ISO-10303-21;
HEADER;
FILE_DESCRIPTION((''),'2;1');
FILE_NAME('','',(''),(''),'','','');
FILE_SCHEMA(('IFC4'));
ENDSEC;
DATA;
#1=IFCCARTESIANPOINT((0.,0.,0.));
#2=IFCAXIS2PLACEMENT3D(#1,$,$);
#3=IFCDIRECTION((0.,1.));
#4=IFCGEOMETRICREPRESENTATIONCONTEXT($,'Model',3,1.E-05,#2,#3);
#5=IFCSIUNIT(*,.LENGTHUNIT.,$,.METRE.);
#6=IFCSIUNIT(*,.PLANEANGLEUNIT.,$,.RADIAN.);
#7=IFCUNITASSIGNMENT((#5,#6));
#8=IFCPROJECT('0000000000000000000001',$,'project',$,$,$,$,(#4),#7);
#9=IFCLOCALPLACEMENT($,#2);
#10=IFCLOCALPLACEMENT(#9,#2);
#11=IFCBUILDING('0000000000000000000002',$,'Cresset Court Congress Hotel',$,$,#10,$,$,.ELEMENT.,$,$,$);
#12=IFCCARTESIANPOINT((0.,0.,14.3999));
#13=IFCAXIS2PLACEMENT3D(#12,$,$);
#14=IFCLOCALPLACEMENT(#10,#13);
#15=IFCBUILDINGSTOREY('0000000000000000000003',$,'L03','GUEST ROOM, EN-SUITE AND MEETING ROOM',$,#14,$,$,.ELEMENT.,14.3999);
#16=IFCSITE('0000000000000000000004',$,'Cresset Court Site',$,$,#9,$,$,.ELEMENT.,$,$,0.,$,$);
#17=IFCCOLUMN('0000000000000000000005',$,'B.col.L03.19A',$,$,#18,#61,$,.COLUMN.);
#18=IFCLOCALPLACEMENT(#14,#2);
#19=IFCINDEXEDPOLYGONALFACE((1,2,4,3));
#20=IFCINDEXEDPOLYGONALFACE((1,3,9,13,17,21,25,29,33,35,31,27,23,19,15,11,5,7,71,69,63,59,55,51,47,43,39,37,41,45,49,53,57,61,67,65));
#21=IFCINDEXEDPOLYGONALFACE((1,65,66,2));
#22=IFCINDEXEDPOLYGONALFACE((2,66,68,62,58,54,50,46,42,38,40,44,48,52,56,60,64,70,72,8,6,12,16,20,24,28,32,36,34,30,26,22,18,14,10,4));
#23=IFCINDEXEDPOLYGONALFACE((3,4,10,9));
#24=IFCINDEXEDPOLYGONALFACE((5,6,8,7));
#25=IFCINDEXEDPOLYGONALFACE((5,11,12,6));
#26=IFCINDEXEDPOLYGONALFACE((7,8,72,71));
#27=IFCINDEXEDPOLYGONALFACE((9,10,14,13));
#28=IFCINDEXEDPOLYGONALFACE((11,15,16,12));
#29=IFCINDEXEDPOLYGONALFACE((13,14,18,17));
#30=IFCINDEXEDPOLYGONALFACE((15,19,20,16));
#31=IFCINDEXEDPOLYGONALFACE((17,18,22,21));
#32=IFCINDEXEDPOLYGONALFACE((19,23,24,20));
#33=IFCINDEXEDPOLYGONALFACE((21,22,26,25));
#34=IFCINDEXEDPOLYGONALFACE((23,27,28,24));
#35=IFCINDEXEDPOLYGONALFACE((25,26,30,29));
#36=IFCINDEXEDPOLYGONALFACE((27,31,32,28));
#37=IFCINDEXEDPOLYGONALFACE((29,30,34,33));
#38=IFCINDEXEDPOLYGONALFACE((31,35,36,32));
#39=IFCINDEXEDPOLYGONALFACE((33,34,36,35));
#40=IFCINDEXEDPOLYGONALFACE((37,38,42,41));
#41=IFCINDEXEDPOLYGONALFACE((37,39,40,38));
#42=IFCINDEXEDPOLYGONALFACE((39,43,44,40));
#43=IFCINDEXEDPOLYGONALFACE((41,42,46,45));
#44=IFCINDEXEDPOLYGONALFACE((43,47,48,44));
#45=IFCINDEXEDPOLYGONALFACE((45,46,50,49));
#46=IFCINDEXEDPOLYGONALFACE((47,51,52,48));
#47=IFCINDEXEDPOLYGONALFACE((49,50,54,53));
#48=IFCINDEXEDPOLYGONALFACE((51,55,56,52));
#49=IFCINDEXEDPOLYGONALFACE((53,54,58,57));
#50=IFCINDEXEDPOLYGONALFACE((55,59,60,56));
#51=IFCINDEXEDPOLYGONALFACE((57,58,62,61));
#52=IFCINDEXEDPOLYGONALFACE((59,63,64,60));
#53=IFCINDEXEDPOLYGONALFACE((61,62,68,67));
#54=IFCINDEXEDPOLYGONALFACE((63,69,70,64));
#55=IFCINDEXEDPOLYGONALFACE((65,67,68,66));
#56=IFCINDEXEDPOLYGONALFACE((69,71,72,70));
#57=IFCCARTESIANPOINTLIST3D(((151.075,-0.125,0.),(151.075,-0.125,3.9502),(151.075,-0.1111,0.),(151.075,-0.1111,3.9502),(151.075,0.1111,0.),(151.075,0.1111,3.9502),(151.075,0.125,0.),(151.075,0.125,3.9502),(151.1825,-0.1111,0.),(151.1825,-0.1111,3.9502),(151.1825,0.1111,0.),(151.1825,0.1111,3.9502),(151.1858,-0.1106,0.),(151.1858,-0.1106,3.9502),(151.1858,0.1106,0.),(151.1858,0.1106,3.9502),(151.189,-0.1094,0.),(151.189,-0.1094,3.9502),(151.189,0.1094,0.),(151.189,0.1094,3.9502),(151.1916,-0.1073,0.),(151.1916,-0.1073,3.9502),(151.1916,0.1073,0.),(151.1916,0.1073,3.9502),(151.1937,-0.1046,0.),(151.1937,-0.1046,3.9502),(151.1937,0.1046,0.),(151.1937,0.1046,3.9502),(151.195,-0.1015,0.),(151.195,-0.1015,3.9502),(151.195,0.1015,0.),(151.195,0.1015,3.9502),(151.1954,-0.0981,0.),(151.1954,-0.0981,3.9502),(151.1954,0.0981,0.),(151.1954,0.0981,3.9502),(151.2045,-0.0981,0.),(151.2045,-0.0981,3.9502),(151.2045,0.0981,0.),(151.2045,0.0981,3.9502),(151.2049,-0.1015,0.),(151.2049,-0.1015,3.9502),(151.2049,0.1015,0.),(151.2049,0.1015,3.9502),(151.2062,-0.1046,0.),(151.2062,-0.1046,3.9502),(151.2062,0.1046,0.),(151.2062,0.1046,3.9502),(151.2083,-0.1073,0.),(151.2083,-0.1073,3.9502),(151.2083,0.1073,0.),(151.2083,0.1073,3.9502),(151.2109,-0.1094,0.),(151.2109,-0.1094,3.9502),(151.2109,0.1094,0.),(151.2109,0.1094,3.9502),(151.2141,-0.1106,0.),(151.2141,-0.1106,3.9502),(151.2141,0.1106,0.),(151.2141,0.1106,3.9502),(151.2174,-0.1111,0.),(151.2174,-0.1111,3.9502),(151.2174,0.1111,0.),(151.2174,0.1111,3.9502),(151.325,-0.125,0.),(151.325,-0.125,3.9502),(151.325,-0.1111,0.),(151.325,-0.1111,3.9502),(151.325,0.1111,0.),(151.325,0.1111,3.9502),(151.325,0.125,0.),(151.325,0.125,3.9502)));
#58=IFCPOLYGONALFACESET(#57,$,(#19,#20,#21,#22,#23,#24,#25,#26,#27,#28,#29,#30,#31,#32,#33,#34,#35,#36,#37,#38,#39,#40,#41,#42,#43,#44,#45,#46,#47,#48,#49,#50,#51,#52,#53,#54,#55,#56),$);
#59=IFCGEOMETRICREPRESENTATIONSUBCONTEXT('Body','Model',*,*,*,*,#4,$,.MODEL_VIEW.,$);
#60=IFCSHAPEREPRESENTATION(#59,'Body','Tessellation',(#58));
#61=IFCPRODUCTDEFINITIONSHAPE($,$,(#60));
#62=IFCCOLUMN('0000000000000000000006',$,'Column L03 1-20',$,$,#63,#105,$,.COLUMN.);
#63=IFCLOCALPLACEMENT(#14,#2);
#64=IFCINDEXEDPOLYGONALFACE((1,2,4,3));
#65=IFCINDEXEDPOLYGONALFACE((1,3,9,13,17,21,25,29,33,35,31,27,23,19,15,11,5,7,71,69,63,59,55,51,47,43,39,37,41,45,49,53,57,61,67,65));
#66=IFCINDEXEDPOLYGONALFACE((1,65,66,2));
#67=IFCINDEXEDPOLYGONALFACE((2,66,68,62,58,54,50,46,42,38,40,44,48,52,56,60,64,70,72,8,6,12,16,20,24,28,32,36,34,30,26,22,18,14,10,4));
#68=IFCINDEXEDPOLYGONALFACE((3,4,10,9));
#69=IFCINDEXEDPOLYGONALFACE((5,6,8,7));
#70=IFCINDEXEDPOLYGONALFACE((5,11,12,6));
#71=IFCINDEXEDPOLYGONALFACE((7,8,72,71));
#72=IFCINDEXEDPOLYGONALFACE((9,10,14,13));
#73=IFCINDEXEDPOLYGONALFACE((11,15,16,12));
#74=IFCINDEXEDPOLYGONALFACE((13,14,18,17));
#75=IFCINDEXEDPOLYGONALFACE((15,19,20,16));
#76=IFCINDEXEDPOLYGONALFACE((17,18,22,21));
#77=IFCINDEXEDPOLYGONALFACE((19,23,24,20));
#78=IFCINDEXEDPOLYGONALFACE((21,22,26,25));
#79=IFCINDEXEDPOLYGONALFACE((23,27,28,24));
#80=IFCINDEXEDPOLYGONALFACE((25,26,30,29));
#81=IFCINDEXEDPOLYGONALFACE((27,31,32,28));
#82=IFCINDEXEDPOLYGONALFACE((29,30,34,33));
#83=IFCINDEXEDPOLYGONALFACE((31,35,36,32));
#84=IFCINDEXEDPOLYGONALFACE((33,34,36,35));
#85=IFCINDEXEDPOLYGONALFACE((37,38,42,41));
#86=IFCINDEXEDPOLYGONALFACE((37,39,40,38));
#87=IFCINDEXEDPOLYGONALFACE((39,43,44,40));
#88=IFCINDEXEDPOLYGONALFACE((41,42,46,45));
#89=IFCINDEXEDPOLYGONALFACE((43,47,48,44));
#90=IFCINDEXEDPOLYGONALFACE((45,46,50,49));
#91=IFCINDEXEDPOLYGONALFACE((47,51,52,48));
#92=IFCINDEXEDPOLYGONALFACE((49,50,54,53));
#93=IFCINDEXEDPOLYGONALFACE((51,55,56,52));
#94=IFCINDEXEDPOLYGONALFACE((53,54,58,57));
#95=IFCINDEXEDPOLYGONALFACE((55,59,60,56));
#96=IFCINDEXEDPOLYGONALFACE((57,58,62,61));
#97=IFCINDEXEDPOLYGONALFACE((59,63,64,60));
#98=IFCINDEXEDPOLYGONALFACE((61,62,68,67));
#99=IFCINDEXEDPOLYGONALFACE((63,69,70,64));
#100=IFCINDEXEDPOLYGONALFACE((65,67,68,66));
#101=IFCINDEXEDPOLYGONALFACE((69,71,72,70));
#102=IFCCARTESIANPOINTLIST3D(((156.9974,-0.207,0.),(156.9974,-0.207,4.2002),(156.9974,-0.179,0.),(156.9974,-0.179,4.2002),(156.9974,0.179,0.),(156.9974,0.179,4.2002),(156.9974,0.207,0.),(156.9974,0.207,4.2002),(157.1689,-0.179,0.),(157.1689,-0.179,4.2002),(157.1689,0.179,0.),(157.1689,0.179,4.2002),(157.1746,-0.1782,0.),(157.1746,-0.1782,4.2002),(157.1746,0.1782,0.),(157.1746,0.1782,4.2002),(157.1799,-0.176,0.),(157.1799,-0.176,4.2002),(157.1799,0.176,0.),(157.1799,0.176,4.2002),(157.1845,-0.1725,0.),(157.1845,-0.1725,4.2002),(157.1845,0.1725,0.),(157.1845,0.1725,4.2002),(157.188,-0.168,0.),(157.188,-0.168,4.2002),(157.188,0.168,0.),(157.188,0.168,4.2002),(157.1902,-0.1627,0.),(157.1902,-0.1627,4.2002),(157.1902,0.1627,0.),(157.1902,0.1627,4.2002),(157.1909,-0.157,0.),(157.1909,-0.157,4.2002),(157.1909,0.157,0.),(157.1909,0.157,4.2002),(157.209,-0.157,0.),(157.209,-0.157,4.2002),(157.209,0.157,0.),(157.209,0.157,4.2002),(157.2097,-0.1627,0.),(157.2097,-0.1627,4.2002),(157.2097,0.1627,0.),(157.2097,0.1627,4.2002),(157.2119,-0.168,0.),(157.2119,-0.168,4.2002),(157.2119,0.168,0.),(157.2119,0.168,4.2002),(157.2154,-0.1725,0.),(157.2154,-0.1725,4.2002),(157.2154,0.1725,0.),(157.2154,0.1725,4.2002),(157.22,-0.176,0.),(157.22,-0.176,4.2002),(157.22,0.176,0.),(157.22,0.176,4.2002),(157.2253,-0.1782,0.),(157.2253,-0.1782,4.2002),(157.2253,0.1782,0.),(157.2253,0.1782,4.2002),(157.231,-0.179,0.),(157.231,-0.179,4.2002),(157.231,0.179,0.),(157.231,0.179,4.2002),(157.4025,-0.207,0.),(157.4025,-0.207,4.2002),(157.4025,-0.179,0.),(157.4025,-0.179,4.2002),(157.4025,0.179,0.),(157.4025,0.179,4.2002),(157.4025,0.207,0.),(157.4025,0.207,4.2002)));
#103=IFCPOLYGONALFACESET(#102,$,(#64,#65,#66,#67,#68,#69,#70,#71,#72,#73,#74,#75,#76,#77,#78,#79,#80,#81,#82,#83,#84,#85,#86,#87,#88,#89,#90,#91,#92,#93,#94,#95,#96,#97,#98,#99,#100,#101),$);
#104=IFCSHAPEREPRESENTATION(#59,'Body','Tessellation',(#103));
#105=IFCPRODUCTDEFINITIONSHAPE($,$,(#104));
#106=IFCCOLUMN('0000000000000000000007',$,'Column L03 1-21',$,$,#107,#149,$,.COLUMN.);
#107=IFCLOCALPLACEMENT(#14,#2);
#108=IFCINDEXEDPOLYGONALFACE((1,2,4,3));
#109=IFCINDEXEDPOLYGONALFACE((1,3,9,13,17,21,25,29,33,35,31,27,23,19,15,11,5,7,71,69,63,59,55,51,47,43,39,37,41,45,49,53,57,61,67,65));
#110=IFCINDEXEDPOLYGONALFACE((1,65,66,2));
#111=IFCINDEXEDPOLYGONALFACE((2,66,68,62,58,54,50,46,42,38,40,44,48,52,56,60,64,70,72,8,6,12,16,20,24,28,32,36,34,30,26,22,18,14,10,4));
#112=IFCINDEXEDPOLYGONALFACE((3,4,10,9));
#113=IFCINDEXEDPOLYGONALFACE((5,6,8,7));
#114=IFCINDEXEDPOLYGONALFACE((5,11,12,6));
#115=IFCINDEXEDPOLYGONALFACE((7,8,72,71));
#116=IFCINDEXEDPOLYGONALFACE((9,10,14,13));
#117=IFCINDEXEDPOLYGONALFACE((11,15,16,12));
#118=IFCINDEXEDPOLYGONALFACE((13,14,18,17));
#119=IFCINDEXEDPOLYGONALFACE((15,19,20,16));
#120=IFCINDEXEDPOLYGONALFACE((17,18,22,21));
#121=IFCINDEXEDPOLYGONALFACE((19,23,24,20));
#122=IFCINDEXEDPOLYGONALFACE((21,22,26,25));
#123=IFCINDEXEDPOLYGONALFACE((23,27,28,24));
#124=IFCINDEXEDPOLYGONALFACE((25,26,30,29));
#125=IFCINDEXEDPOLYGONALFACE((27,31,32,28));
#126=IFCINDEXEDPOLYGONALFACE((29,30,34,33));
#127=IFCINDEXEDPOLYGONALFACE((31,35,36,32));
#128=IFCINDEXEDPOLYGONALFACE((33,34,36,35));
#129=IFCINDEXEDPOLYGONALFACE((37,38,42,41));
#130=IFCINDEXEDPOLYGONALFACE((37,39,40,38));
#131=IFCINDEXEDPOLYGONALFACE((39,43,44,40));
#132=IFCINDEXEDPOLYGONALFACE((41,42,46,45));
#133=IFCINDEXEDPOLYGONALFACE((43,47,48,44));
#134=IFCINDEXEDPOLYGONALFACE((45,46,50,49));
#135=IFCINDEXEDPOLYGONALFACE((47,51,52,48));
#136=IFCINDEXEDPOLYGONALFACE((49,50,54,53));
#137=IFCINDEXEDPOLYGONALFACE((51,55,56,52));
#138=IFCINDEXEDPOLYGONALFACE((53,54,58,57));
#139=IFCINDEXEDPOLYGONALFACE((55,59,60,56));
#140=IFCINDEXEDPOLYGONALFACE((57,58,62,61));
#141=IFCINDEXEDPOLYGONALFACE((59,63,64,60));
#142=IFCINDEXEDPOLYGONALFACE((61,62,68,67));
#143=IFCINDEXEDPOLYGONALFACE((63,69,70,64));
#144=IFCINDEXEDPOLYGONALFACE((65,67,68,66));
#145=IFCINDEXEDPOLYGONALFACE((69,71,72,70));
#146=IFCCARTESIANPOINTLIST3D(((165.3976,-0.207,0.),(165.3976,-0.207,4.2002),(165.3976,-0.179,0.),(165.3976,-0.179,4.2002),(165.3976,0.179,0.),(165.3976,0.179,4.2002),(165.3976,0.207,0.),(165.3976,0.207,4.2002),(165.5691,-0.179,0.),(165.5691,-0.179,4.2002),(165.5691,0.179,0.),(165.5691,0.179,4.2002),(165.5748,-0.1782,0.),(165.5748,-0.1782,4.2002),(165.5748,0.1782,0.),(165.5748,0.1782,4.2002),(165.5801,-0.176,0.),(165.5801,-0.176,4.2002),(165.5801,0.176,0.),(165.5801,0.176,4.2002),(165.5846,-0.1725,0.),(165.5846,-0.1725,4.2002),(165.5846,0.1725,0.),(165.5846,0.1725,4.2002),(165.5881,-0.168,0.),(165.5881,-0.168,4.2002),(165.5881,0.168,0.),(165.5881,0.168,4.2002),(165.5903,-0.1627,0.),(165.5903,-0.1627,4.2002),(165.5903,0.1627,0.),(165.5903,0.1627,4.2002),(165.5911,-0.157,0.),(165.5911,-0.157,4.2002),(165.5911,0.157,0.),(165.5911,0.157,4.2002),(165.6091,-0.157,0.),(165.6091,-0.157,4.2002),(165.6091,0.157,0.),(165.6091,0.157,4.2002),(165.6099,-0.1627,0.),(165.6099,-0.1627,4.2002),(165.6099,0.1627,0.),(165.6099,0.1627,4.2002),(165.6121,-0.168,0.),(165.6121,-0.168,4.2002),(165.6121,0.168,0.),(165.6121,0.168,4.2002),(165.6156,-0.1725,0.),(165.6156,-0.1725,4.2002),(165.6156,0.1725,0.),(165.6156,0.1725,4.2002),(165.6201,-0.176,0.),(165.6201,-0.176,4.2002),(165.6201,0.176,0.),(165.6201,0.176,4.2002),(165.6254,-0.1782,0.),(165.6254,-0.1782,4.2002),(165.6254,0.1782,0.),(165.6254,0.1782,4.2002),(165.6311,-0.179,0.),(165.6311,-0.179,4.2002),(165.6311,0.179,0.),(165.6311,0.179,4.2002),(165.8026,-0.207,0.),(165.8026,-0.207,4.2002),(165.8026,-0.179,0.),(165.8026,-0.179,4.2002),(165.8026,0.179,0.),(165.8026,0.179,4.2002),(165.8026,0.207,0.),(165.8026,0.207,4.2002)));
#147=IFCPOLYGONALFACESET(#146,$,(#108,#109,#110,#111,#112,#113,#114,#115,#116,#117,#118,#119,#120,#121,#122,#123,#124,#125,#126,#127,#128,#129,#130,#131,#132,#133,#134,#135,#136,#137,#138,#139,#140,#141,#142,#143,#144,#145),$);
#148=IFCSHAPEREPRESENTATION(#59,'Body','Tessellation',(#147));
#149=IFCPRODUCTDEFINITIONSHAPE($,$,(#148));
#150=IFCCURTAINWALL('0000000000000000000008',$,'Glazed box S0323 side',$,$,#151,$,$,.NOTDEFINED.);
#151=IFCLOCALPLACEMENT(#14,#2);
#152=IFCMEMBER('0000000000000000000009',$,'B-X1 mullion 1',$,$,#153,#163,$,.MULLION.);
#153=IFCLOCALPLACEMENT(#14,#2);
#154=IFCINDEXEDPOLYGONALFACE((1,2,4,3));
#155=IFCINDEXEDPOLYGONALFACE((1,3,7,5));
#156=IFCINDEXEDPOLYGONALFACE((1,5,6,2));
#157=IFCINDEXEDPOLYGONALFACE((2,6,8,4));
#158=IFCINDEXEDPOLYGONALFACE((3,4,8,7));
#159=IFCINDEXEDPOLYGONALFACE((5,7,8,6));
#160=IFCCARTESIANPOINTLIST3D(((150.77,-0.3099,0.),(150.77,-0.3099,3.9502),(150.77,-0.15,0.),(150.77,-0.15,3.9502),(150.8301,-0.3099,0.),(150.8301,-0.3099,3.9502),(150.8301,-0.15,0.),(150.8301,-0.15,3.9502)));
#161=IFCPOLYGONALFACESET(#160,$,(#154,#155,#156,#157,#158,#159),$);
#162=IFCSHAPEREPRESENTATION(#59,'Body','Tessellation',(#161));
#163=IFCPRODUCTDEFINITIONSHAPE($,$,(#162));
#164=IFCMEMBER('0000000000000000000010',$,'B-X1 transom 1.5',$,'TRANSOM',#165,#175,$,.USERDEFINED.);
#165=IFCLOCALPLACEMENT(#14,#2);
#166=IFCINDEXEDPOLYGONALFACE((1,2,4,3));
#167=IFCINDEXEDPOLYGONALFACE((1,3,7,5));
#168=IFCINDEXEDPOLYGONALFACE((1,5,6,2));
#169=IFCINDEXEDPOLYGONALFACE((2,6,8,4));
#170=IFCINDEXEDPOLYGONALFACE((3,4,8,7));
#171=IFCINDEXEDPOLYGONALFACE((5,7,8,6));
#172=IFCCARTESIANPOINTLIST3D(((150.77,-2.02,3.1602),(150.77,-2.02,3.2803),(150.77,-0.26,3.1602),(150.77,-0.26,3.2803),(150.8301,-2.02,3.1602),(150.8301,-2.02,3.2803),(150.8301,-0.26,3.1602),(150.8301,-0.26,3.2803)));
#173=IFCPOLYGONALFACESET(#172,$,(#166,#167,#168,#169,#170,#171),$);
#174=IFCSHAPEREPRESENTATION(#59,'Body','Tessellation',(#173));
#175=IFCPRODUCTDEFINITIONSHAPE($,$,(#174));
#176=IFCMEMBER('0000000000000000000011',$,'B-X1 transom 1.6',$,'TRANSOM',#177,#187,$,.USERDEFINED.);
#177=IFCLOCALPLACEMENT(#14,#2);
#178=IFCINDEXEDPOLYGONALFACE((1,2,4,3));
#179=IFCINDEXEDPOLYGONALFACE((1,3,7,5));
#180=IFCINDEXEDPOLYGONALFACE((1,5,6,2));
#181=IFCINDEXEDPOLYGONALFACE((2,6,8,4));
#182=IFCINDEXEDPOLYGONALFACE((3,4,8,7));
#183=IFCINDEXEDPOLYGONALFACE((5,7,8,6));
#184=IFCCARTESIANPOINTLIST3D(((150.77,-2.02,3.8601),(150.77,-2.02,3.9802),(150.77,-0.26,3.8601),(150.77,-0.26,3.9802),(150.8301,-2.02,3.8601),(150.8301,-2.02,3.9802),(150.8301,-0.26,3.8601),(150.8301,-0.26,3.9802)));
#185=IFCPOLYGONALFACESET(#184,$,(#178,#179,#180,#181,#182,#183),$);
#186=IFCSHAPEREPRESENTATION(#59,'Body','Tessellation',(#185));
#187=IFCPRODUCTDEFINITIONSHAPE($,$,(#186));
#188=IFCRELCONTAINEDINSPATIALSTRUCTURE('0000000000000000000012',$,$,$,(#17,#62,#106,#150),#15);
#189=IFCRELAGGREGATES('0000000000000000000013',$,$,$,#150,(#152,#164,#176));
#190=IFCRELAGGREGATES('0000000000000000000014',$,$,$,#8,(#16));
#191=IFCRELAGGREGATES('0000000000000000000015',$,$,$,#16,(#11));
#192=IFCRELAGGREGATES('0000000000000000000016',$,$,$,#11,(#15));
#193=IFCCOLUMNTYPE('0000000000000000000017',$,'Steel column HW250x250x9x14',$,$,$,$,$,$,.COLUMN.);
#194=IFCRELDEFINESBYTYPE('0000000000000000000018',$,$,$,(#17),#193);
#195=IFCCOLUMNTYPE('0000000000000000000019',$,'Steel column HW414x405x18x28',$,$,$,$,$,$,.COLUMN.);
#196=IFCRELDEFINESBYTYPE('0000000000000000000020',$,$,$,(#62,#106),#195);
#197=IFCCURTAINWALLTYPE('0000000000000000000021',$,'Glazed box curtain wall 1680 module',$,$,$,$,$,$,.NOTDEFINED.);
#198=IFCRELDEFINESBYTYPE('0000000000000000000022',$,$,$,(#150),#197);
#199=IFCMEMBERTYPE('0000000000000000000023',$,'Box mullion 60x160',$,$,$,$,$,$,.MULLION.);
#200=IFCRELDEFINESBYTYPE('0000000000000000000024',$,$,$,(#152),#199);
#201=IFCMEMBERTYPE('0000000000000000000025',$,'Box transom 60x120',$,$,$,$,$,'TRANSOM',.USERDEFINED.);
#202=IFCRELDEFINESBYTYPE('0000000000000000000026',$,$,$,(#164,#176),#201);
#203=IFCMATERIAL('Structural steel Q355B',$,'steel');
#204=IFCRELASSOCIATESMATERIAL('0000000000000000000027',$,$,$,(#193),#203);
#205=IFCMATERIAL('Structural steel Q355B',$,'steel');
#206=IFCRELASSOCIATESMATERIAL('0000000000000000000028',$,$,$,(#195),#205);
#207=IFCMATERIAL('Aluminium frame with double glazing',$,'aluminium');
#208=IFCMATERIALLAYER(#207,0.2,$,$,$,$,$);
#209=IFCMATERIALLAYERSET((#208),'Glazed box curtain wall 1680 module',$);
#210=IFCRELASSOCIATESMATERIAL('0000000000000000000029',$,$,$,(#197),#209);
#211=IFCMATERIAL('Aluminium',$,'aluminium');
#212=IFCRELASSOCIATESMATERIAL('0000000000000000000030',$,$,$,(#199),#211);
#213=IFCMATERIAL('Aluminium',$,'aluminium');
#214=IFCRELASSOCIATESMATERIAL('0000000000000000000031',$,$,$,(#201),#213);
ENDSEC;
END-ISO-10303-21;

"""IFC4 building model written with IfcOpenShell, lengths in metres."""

from ifc_helpers import new_model, si_unit, direction, frame, origin, origin_2d, place, context, subcontext, project, spatial, rectangle, i_section, extrude, material, layer, layer_set, material_profile, profile_set, type_object, element, aggregate, save


model = new_model("IFC4")

# Units and contexts
model_context = context("Model", 3, precision=1e-05, world=origin(), true_north=direction((0.0, 1.0)))
body_context = subcontext(model_context, "Body", "Model", "MODEL_VIEW")
ifc_project = project(units=[si_unit("LENGTHUNIT", "METRE"), si_unit("PLANEANGLEUNIT", "RADIAN")], contexts=[model_context])

# Site, building, storey
site_placement = place(None, origin())
site = spatial("IfcSite", under=ifc_project, at=site_placement, Name="Cresset Court Site", CompositionType="ELEMENT", RefElevation=0.0)
building_placement = place(site_placement, origin())
building = spatial("IfcBuilding", under=site, at=building_placement, Name="Cresset Court Congress Hotel", CompositionType="ELEMENT")
storey_placement = place(building_placement, frame((0.0, 0.0, 14.3999)))
storey = spatial("IfcBuildingStorey", under=building, at=storey_placement, Name="L03", Description="GUEST ROOM, EN-SUITE AND MEETING ROOM", CompositionType="ELEMENT", Elevation=14.3999)

# Columns
ifc_material_1 = material(Name="Structural steel Q355B", Category="steel")
ifc_material_profile_1 = material_profile(ifc_material_1, i_section(OverallWidth=0.25, OverallDepth=0.25, WebThickness=0.009, FlangeThickness=0.0139, FilletRadius=0.0129, at=origin_2d()), Name="HW250x250x9x14")
ifc_profile_set_1 = profile_set([ifc_material_profile_1], Name="Structural steel Q355B")
column_type_1 = type_object("IfcColumnType", Name="Steel column HW250x250x9x14", PredefinedType="COLUMN", material=ifc_profile_set_1)
column_placement = place(storey_placement, frame((151.2, 0.0, 0.0), z_axis=(0.0, 0.0, 1.0), x_axis=(1.0, 0.0, 0.0)))
element("IfcColumn", 1, at=column_placement, inside=storey, type_object=column_type_1, Name="B.col.L03.19A", PredefinedType="COLUMN", context=body_context, shape_type="SweptSolid", body=[
    extrude(i_section(OverallWidth=0.25, OverallDepth=0.25, WebThickness=0.009, FlangeThickness=0.0139, FilletRadius=0.0129, at=origin_2d()), origin(), (0.0, 0.0, 1.0), 3.9502),
])
ifc_material_2 = material(Name="Structural steel Q355B", Category="steel")
ifc_material_profile_2 = material_profile(ifc_material_2, i_section(OverallWidth=0.405, OverallDepth=0.4141, WebThickness=0.0181, FlangeThickness=0.0281, FilletRadius=0.022, at=origin_2d()), Name="HW414x405x18x28")
ifc_profile_set_2 = profile_set([ifc_material_profile_2], Name="Structural steel Q355B")
column_type_2 = type_object("IfcColumnType", Name="Steel column HW414x405x18x28", PredefinedType="COLUMN", material=ifc_profile_set_2)
for number, where, z_axis, x_axis, name in (
    (2, (157.2, 0.0, 0.0), (0.0, 0.0, 1.0), (1.0, 0.0, 0.0), "Column L03 1-20"),
    (3, (165.6001, 0.0, 0.0), (0.0, 0.0, 1.0), (1.0, 0.0, 0.0), "Column L03 1-21"),
):
    element("IfcColumn", number, at=place(storey_placement, frame(where, z_axis=z_axis, x_axis=x_axis)), inside=storey, type_object=column_type_2, Name=name, PredefinedType="COLUMN", context=body_context, shape_type="SweptSolid", body=[
        extrude(i_section(OverallWidth=0.405, OverallDepth=0.4141, WebThickness=0.0181, FlangeThickness=0.0281, FilletRadius=0.022, at=origin_2d()), origin(), (0.0, 0.0, 1.0), 4.2002),
    ])

# Curtain wall, members
ifc_material_3 = material(Name="Aluminium frame with double glazing", Category="aluminium")
ifc_layer_1 = layer(ifc_material_3, 0.2)
ifc_layer_set_1 = layer_set([ifc_layer_1], Name="Glazed box curtain wall 1680 module")
curtain_wall_type = type_object("IfcCurtainWallType", Name="Glazed box curtain wall 1680 module", PredefinedType="NOTDEFINED", material=ifc_layer_set_1)
curtain_wall_placement = place(storey_placement, origin())
curtain_wall = element("IfcCurtainWall", 4, at=curtain_wall_placement, inside=storey, type_object=curtain_wall_type, Name="Glazed box S0323 side", PredefinedType="NOTDEFINED")
ifc_material_4 = material(Name="Aluminium", Category="aluminium")
ifc_material_profile_3 = material_profile(ifc_material_4, rectangle(XDim=0.0601, YDim=0.1599, at=origin_2d()), Name="Box mullion 60x160")
ifc_profile_set_3 = profile_set([ifc_material_profile_3], Name="Aluminium")
member_type_1 = type_object("IfcMemberType", Name="Box mullion 60x160", PredefinedType="MULLION", material=ifc_profile_set_3)
member_1_placement = place(storey_placement, frame((150.8, -0.23, 0.0), z_axis=(0.0, 0.0, 1.0), x_axis=(1.0, 0.0, 0.0)))
member_1 = element("IfcMember", 5, at=member_1_placement, type_object=member_type_1, Name="B-X1 mullion 1", PredefinedType="MULLION", context=body_context, shape_type="SweptSolid", body=[
    extrude(rectangle(XDim=0.0601, YDim=0.1599, at=origin_2d()), origin(), (0.0, 0.0, 1.0), 3.9502),
])
ifc_material_5 = material(Name="Aluminium", Category="aluminium")
ifc_material_profile_4 = material_profile(ifc_material_5, rectangle(XDim=0.0601, YDim=0.1201, at=origin_2d()), Name="Box transom 60x120")
ifc_profile_set_4 = profile_set([ifc_material_profile_4], Name="Aluminium")
member_type_2 = type_object("IfcMemberType", Name="Box transom 60x120", ElementType="TRANSOM", PredefinedType="USERDEFINED", material=ifc_profile_set_4)
member_2_placement = place(storey_placement, frame((150.8, -0.26, 3.2202), z_axis=(0.0, -1.0, 0.0), x_axis=(1.0, 0.0, 0.0)))
member_2 = element("IfcMember", 6, at=member_2_placement, type_object=member_type_2, Name="B-X1 transom 1.5", ObjectType="TRANSOM", PredefinedType="USERDEFINED", context=body_context, shape_type="SweptSolid", body=[
    extrude(rectangle(XDim=0.0601, YDim=0.1201, at=origin_2d()), origin(), (0.0, 0.0, 1.0), 1.76),
])
member_3_placement = place(storey_placement, frame((150.8, -0.26, 3.9202), z_axis=(0.0, -1.0, 0.0), x_axis=(1.0, 0.0, 0.0)))
member_3 = element("IfcMember", 7, at=member_3_placement, type_object=member_type_2, Name="B-X1 transom 1.6", ObjectType="TRANSOM", PredefinedType="USERDEFINED", context=body_context, shape_type="SweptSolid", body=[
    extrude(rectangle(XDim=0.0601, YDim=0.1201, at=origin_2d()), origin(), (0.0, 0.0, 1.0), 1.76),
])
aggregate(curtain_wall, [member_1, member_2, member_3])

save(model, "model.ifc")
